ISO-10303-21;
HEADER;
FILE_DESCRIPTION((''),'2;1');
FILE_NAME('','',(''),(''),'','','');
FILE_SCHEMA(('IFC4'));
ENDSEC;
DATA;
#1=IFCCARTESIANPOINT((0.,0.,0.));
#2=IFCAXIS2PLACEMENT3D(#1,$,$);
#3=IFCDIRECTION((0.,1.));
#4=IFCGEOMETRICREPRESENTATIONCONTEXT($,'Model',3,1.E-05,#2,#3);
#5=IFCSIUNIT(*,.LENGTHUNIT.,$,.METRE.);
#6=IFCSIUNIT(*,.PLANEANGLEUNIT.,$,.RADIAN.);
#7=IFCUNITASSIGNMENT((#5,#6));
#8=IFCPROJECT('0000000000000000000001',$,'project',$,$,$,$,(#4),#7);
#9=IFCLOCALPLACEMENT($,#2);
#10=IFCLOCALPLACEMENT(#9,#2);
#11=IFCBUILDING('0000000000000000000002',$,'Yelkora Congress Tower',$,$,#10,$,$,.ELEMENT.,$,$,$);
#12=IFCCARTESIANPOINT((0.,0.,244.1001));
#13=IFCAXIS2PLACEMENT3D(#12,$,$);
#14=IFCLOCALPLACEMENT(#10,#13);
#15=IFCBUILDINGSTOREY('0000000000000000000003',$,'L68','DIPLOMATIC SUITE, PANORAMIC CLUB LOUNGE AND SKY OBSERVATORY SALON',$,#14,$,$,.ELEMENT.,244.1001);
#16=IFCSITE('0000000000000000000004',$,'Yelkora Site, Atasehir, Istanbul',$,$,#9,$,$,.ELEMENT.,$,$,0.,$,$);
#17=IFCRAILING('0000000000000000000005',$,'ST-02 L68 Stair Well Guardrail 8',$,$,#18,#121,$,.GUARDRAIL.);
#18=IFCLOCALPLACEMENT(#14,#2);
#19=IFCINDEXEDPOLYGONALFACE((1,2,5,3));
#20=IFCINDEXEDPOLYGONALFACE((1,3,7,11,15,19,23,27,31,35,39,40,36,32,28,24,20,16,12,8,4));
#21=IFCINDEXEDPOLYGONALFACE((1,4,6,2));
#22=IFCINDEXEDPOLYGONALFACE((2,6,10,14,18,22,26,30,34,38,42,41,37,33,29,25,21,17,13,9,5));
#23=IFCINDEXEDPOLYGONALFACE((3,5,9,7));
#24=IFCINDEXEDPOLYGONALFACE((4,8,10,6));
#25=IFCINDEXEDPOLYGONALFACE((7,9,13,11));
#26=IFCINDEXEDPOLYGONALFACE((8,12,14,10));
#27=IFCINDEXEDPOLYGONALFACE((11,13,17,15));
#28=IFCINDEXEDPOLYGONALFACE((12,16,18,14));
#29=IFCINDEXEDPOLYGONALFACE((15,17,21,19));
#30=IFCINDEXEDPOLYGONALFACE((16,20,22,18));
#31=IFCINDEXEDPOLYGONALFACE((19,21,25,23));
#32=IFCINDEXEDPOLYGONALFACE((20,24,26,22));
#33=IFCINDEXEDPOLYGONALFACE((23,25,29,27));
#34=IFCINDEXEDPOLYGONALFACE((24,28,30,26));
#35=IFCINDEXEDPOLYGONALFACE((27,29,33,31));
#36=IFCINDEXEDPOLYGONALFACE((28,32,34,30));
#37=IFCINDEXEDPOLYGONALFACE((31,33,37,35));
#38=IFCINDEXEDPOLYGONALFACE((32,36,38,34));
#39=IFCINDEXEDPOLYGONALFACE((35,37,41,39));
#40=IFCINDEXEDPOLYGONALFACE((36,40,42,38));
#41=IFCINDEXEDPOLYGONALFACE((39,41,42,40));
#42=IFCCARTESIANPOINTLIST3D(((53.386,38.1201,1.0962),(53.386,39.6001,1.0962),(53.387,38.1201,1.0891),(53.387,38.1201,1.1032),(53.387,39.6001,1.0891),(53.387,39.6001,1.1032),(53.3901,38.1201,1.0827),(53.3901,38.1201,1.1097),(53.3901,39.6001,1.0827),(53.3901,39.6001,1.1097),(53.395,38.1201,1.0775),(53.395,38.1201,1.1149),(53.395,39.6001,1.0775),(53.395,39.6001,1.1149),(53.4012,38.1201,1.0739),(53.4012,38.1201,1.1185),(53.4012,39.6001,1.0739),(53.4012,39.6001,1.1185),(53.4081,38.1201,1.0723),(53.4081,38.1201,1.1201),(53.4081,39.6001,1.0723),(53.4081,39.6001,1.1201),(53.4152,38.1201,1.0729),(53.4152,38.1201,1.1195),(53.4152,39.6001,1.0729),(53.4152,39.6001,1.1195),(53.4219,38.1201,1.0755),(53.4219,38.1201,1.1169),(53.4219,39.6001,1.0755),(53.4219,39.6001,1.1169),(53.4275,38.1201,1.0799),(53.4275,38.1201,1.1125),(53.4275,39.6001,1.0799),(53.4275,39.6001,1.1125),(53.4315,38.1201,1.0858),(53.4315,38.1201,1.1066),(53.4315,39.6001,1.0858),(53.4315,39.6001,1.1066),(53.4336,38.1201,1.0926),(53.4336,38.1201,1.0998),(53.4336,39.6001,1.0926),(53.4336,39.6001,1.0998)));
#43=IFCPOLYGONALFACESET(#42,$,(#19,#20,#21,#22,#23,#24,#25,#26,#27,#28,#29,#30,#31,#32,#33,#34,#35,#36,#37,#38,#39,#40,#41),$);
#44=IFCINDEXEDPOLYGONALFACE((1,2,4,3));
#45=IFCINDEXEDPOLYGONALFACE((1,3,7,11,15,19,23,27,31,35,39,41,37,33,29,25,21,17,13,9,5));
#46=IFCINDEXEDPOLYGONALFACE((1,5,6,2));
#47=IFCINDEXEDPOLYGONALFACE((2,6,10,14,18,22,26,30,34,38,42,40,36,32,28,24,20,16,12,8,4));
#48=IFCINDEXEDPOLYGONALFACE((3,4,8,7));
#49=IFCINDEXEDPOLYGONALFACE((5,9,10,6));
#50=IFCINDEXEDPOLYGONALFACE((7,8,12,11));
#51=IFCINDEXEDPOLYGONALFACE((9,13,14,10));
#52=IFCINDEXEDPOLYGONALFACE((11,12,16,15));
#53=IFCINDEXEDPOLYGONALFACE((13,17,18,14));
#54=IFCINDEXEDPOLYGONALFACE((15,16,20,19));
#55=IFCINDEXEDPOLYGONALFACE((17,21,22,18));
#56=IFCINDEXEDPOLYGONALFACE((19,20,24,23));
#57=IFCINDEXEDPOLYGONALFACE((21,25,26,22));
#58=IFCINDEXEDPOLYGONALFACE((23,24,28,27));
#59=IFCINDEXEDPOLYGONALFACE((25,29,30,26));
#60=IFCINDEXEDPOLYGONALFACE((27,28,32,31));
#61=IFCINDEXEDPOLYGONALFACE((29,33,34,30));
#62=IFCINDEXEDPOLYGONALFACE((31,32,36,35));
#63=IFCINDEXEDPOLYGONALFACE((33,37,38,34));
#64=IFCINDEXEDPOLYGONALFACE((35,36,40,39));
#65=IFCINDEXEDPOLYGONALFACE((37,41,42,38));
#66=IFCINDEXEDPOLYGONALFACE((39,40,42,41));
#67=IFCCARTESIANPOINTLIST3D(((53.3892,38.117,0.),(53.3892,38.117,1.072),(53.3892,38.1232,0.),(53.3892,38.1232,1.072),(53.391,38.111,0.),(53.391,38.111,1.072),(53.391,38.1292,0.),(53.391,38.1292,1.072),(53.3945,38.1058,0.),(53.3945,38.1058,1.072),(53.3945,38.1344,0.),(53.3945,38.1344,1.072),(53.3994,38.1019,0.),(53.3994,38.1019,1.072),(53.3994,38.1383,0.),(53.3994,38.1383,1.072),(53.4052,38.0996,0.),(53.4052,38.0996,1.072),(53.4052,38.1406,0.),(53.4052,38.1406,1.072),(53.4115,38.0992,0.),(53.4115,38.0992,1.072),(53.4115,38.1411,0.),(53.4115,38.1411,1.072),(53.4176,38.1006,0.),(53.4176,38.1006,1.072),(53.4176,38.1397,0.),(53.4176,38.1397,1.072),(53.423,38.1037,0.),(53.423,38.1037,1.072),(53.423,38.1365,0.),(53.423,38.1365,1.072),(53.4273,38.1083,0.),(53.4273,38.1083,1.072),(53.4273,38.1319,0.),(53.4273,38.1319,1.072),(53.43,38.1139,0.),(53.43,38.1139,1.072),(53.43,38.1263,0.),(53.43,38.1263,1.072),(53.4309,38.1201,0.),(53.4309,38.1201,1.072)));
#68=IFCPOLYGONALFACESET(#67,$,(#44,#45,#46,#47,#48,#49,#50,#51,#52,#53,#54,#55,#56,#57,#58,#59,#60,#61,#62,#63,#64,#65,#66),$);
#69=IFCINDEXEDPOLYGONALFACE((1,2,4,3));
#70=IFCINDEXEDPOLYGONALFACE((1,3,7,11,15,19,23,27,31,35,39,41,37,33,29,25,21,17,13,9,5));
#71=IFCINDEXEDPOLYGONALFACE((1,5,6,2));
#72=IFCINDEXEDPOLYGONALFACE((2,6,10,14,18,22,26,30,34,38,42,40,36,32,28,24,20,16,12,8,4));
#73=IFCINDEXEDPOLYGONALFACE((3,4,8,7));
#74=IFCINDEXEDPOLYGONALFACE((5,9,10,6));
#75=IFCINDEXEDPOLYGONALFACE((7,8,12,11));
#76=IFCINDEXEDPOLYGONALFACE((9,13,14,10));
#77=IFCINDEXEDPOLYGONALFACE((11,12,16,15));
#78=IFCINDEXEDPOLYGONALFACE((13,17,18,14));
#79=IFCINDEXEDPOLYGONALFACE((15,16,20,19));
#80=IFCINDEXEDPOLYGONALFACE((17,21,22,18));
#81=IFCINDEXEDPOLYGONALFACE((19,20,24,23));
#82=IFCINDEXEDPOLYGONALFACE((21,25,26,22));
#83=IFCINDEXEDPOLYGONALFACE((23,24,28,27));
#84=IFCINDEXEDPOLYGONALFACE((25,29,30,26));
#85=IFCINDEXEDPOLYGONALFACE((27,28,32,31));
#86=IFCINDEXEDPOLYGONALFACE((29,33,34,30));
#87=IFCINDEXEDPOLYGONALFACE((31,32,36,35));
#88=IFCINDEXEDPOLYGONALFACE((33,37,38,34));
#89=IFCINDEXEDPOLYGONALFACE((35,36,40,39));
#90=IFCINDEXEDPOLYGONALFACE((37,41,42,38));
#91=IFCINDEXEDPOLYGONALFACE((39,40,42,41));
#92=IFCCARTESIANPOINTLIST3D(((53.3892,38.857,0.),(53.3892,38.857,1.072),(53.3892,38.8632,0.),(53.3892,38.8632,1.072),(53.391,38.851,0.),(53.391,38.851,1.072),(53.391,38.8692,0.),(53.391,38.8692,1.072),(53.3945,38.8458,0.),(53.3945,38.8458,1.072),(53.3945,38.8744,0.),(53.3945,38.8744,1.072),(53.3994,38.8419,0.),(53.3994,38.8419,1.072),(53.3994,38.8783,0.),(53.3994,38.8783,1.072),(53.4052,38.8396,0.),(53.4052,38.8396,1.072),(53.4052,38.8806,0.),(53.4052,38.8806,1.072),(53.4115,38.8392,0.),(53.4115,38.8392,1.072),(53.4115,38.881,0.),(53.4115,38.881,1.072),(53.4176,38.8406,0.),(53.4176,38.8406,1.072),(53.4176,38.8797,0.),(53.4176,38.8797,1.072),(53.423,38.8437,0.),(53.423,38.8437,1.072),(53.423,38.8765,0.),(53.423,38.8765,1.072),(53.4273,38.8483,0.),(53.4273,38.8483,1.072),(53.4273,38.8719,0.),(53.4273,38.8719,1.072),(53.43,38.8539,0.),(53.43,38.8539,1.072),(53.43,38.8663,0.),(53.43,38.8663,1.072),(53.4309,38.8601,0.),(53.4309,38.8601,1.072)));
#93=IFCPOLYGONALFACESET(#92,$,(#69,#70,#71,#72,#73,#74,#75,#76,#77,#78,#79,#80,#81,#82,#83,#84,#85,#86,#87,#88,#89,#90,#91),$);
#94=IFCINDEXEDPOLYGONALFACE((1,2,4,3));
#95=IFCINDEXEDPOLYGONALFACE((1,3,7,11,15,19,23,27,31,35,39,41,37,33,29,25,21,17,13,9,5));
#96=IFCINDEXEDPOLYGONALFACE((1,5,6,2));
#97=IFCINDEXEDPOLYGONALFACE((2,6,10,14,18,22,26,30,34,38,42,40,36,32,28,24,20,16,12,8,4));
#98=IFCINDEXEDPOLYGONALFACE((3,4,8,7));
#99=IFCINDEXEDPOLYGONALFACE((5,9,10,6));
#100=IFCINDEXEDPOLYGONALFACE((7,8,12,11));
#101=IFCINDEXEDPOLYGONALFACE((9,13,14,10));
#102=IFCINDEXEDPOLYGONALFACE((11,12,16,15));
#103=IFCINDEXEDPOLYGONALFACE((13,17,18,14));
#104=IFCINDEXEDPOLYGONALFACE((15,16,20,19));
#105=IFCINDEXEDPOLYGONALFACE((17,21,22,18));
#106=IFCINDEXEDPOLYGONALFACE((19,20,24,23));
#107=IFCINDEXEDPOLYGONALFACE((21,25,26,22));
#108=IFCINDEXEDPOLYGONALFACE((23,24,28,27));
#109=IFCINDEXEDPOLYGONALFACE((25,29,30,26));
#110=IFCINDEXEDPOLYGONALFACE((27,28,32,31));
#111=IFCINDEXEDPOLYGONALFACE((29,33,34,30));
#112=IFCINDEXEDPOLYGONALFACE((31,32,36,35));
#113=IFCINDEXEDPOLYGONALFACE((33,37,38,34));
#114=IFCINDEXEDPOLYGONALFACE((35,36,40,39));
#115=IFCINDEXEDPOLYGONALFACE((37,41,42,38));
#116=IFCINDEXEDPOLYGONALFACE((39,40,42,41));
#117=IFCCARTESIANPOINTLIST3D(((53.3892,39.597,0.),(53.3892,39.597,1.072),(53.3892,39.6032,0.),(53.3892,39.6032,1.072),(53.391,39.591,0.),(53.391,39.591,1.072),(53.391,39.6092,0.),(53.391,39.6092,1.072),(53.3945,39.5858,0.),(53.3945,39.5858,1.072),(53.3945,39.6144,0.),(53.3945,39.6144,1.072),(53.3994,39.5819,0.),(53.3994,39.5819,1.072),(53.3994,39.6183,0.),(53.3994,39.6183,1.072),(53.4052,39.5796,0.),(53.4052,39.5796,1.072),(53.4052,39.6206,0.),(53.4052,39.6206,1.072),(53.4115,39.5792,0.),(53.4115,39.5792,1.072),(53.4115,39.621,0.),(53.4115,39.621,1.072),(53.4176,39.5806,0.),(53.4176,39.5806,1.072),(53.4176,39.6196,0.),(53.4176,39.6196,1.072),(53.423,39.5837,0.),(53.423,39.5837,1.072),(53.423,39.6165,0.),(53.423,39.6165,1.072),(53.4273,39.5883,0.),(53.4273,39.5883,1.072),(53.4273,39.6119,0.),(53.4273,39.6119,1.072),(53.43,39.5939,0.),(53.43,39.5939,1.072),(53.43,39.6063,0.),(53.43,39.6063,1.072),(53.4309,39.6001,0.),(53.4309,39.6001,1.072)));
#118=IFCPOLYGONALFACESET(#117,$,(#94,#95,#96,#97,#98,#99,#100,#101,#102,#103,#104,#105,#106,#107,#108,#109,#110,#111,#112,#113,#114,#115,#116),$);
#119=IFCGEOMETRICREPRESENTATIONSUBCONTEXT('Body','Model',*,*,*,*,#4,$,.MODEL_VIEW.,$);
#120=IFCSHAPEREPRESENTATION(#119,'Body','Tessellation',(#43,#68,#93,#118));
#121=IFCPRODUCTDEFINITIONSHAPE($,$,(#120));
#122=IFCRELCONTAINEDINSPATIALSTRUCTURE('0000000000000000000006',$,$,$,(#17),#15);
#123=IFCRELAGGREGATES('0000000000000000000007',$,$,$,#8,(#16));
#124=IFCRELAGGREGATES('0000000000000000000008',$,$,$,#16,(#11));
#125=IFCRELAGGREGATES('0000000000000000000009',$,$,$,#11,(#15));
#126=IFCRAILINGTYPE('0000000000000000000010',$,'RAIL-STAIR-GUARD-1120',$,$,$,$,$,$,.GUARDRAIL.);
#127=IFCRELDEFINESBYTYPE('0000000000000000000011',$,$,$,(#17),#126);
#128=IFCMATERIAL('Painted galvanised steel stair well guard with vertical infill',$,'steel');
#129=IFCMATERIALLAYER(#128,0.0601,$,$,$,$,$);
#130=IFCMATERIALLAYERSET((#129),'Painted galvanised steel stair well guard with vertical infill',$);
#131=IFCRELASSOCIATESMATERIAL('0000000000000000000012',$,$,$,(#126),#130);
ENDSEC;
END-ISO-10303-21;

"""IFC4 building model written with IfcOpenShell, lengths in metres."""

from ifc_helpers import new_model, si_unit, direction, frame, origin, origin_2d, place, context, subcontext, project, spatial, circle, extrude, material, layer, layer_set, type_object, element, save


model = new_model("IFC4")

# Units and contexts
model_context = context("Model", 3, precision=1e-05, world=origin(), true_north=direction((0.0, 1.0)))
body_context = subcontext(model_context, "Body", "Model", "MODEL_VIEW")
ifc_project = project(units=[si_unit("LENGTHUNIT", "METRE"), si_unit("PLANEANGLEUNIT", "RADIAN")], contexts=[model_context])

# Site, building, storey
site_placement = place(None, origin())
site = spatial("IfcSite", under=ifc_project, at=site_placement, Name="Yelkora Site, Atasehir, Istanbul", CompositionType="ELEMENT", RefElevation=0.0)
building_placement = place(site_placement, origin())
building = spatial("IfcBuilding", under=site, at=building_placement, Name="Yelkora Congress Tower", CompositionType="ELEMENT")
storey_placement = place(building_placement, frame((0.0, 0.0, 244.1001)))
storey = spatial("IfcBuildingStorey", under=building, at=storey_placement, Name="L68", Description="DIPLOMATIC SUITE, PANORAMIC CLUB LOUNGE AND SKY OBSERVATORY SALON", CompositionType="ELEMENT", Elevation=244.1001)

# Railing
ifc_material_1 = material(Name="Painted galvanised steel stair well guard with vertical infill", Category="steel")
ifc_layer_1 = layer(ifc_material_1, 0.0601)
ifc_layer_set_1 = layer_set([ifc_layer_1], Name="Painted galvanised steel stair well guard with vertical infill")
railing_type_1 = type_object("IfcRailingType", Name="RAIL-STAIR-GUARD-1120", PredefinedType="GUARDRAIL", material=ifc_layer_set_1)
railing_1_placement = place(storey_placement, frame((53.4099, 38.1201, 0.0)))
element("IfcRailing", 1, at=railing_1_placement, inside=storey, type_object=railing_type_1, Name="ST-02 L68 Stair Well Guardrail 8", PredefinedType="GUARDRAIL", context=body_context, shape_type="SweptSolid", body=[
    extrude(circle(Radius=0.0239, at=origin_2d()), frame((0.0, 0.0, 1.0962), z_axis=(0.0, 1.0, 0.0), x_axis=(-1.0, 0.0, 0.0)), (0.0, 0.0, 1.0), 1.48),
    extrude(circle(Radius=0.021, at=origin_2d()), origin(), (0.0, 0.0, 1.0), 1.072),
    extrude(circle(Radius=0.021, at=origin_2d()), frame((0.0, 0.74, 0.0)), (0.0, 0.0, 1.0), 1.072),
    extrude(circle(Radius=0.021, at=origin_2d()), frame((0.0, 1.48, 0.0)), (0.0, 0.0, 1.0), 1.072),
])

save(model, "model.ifc")
